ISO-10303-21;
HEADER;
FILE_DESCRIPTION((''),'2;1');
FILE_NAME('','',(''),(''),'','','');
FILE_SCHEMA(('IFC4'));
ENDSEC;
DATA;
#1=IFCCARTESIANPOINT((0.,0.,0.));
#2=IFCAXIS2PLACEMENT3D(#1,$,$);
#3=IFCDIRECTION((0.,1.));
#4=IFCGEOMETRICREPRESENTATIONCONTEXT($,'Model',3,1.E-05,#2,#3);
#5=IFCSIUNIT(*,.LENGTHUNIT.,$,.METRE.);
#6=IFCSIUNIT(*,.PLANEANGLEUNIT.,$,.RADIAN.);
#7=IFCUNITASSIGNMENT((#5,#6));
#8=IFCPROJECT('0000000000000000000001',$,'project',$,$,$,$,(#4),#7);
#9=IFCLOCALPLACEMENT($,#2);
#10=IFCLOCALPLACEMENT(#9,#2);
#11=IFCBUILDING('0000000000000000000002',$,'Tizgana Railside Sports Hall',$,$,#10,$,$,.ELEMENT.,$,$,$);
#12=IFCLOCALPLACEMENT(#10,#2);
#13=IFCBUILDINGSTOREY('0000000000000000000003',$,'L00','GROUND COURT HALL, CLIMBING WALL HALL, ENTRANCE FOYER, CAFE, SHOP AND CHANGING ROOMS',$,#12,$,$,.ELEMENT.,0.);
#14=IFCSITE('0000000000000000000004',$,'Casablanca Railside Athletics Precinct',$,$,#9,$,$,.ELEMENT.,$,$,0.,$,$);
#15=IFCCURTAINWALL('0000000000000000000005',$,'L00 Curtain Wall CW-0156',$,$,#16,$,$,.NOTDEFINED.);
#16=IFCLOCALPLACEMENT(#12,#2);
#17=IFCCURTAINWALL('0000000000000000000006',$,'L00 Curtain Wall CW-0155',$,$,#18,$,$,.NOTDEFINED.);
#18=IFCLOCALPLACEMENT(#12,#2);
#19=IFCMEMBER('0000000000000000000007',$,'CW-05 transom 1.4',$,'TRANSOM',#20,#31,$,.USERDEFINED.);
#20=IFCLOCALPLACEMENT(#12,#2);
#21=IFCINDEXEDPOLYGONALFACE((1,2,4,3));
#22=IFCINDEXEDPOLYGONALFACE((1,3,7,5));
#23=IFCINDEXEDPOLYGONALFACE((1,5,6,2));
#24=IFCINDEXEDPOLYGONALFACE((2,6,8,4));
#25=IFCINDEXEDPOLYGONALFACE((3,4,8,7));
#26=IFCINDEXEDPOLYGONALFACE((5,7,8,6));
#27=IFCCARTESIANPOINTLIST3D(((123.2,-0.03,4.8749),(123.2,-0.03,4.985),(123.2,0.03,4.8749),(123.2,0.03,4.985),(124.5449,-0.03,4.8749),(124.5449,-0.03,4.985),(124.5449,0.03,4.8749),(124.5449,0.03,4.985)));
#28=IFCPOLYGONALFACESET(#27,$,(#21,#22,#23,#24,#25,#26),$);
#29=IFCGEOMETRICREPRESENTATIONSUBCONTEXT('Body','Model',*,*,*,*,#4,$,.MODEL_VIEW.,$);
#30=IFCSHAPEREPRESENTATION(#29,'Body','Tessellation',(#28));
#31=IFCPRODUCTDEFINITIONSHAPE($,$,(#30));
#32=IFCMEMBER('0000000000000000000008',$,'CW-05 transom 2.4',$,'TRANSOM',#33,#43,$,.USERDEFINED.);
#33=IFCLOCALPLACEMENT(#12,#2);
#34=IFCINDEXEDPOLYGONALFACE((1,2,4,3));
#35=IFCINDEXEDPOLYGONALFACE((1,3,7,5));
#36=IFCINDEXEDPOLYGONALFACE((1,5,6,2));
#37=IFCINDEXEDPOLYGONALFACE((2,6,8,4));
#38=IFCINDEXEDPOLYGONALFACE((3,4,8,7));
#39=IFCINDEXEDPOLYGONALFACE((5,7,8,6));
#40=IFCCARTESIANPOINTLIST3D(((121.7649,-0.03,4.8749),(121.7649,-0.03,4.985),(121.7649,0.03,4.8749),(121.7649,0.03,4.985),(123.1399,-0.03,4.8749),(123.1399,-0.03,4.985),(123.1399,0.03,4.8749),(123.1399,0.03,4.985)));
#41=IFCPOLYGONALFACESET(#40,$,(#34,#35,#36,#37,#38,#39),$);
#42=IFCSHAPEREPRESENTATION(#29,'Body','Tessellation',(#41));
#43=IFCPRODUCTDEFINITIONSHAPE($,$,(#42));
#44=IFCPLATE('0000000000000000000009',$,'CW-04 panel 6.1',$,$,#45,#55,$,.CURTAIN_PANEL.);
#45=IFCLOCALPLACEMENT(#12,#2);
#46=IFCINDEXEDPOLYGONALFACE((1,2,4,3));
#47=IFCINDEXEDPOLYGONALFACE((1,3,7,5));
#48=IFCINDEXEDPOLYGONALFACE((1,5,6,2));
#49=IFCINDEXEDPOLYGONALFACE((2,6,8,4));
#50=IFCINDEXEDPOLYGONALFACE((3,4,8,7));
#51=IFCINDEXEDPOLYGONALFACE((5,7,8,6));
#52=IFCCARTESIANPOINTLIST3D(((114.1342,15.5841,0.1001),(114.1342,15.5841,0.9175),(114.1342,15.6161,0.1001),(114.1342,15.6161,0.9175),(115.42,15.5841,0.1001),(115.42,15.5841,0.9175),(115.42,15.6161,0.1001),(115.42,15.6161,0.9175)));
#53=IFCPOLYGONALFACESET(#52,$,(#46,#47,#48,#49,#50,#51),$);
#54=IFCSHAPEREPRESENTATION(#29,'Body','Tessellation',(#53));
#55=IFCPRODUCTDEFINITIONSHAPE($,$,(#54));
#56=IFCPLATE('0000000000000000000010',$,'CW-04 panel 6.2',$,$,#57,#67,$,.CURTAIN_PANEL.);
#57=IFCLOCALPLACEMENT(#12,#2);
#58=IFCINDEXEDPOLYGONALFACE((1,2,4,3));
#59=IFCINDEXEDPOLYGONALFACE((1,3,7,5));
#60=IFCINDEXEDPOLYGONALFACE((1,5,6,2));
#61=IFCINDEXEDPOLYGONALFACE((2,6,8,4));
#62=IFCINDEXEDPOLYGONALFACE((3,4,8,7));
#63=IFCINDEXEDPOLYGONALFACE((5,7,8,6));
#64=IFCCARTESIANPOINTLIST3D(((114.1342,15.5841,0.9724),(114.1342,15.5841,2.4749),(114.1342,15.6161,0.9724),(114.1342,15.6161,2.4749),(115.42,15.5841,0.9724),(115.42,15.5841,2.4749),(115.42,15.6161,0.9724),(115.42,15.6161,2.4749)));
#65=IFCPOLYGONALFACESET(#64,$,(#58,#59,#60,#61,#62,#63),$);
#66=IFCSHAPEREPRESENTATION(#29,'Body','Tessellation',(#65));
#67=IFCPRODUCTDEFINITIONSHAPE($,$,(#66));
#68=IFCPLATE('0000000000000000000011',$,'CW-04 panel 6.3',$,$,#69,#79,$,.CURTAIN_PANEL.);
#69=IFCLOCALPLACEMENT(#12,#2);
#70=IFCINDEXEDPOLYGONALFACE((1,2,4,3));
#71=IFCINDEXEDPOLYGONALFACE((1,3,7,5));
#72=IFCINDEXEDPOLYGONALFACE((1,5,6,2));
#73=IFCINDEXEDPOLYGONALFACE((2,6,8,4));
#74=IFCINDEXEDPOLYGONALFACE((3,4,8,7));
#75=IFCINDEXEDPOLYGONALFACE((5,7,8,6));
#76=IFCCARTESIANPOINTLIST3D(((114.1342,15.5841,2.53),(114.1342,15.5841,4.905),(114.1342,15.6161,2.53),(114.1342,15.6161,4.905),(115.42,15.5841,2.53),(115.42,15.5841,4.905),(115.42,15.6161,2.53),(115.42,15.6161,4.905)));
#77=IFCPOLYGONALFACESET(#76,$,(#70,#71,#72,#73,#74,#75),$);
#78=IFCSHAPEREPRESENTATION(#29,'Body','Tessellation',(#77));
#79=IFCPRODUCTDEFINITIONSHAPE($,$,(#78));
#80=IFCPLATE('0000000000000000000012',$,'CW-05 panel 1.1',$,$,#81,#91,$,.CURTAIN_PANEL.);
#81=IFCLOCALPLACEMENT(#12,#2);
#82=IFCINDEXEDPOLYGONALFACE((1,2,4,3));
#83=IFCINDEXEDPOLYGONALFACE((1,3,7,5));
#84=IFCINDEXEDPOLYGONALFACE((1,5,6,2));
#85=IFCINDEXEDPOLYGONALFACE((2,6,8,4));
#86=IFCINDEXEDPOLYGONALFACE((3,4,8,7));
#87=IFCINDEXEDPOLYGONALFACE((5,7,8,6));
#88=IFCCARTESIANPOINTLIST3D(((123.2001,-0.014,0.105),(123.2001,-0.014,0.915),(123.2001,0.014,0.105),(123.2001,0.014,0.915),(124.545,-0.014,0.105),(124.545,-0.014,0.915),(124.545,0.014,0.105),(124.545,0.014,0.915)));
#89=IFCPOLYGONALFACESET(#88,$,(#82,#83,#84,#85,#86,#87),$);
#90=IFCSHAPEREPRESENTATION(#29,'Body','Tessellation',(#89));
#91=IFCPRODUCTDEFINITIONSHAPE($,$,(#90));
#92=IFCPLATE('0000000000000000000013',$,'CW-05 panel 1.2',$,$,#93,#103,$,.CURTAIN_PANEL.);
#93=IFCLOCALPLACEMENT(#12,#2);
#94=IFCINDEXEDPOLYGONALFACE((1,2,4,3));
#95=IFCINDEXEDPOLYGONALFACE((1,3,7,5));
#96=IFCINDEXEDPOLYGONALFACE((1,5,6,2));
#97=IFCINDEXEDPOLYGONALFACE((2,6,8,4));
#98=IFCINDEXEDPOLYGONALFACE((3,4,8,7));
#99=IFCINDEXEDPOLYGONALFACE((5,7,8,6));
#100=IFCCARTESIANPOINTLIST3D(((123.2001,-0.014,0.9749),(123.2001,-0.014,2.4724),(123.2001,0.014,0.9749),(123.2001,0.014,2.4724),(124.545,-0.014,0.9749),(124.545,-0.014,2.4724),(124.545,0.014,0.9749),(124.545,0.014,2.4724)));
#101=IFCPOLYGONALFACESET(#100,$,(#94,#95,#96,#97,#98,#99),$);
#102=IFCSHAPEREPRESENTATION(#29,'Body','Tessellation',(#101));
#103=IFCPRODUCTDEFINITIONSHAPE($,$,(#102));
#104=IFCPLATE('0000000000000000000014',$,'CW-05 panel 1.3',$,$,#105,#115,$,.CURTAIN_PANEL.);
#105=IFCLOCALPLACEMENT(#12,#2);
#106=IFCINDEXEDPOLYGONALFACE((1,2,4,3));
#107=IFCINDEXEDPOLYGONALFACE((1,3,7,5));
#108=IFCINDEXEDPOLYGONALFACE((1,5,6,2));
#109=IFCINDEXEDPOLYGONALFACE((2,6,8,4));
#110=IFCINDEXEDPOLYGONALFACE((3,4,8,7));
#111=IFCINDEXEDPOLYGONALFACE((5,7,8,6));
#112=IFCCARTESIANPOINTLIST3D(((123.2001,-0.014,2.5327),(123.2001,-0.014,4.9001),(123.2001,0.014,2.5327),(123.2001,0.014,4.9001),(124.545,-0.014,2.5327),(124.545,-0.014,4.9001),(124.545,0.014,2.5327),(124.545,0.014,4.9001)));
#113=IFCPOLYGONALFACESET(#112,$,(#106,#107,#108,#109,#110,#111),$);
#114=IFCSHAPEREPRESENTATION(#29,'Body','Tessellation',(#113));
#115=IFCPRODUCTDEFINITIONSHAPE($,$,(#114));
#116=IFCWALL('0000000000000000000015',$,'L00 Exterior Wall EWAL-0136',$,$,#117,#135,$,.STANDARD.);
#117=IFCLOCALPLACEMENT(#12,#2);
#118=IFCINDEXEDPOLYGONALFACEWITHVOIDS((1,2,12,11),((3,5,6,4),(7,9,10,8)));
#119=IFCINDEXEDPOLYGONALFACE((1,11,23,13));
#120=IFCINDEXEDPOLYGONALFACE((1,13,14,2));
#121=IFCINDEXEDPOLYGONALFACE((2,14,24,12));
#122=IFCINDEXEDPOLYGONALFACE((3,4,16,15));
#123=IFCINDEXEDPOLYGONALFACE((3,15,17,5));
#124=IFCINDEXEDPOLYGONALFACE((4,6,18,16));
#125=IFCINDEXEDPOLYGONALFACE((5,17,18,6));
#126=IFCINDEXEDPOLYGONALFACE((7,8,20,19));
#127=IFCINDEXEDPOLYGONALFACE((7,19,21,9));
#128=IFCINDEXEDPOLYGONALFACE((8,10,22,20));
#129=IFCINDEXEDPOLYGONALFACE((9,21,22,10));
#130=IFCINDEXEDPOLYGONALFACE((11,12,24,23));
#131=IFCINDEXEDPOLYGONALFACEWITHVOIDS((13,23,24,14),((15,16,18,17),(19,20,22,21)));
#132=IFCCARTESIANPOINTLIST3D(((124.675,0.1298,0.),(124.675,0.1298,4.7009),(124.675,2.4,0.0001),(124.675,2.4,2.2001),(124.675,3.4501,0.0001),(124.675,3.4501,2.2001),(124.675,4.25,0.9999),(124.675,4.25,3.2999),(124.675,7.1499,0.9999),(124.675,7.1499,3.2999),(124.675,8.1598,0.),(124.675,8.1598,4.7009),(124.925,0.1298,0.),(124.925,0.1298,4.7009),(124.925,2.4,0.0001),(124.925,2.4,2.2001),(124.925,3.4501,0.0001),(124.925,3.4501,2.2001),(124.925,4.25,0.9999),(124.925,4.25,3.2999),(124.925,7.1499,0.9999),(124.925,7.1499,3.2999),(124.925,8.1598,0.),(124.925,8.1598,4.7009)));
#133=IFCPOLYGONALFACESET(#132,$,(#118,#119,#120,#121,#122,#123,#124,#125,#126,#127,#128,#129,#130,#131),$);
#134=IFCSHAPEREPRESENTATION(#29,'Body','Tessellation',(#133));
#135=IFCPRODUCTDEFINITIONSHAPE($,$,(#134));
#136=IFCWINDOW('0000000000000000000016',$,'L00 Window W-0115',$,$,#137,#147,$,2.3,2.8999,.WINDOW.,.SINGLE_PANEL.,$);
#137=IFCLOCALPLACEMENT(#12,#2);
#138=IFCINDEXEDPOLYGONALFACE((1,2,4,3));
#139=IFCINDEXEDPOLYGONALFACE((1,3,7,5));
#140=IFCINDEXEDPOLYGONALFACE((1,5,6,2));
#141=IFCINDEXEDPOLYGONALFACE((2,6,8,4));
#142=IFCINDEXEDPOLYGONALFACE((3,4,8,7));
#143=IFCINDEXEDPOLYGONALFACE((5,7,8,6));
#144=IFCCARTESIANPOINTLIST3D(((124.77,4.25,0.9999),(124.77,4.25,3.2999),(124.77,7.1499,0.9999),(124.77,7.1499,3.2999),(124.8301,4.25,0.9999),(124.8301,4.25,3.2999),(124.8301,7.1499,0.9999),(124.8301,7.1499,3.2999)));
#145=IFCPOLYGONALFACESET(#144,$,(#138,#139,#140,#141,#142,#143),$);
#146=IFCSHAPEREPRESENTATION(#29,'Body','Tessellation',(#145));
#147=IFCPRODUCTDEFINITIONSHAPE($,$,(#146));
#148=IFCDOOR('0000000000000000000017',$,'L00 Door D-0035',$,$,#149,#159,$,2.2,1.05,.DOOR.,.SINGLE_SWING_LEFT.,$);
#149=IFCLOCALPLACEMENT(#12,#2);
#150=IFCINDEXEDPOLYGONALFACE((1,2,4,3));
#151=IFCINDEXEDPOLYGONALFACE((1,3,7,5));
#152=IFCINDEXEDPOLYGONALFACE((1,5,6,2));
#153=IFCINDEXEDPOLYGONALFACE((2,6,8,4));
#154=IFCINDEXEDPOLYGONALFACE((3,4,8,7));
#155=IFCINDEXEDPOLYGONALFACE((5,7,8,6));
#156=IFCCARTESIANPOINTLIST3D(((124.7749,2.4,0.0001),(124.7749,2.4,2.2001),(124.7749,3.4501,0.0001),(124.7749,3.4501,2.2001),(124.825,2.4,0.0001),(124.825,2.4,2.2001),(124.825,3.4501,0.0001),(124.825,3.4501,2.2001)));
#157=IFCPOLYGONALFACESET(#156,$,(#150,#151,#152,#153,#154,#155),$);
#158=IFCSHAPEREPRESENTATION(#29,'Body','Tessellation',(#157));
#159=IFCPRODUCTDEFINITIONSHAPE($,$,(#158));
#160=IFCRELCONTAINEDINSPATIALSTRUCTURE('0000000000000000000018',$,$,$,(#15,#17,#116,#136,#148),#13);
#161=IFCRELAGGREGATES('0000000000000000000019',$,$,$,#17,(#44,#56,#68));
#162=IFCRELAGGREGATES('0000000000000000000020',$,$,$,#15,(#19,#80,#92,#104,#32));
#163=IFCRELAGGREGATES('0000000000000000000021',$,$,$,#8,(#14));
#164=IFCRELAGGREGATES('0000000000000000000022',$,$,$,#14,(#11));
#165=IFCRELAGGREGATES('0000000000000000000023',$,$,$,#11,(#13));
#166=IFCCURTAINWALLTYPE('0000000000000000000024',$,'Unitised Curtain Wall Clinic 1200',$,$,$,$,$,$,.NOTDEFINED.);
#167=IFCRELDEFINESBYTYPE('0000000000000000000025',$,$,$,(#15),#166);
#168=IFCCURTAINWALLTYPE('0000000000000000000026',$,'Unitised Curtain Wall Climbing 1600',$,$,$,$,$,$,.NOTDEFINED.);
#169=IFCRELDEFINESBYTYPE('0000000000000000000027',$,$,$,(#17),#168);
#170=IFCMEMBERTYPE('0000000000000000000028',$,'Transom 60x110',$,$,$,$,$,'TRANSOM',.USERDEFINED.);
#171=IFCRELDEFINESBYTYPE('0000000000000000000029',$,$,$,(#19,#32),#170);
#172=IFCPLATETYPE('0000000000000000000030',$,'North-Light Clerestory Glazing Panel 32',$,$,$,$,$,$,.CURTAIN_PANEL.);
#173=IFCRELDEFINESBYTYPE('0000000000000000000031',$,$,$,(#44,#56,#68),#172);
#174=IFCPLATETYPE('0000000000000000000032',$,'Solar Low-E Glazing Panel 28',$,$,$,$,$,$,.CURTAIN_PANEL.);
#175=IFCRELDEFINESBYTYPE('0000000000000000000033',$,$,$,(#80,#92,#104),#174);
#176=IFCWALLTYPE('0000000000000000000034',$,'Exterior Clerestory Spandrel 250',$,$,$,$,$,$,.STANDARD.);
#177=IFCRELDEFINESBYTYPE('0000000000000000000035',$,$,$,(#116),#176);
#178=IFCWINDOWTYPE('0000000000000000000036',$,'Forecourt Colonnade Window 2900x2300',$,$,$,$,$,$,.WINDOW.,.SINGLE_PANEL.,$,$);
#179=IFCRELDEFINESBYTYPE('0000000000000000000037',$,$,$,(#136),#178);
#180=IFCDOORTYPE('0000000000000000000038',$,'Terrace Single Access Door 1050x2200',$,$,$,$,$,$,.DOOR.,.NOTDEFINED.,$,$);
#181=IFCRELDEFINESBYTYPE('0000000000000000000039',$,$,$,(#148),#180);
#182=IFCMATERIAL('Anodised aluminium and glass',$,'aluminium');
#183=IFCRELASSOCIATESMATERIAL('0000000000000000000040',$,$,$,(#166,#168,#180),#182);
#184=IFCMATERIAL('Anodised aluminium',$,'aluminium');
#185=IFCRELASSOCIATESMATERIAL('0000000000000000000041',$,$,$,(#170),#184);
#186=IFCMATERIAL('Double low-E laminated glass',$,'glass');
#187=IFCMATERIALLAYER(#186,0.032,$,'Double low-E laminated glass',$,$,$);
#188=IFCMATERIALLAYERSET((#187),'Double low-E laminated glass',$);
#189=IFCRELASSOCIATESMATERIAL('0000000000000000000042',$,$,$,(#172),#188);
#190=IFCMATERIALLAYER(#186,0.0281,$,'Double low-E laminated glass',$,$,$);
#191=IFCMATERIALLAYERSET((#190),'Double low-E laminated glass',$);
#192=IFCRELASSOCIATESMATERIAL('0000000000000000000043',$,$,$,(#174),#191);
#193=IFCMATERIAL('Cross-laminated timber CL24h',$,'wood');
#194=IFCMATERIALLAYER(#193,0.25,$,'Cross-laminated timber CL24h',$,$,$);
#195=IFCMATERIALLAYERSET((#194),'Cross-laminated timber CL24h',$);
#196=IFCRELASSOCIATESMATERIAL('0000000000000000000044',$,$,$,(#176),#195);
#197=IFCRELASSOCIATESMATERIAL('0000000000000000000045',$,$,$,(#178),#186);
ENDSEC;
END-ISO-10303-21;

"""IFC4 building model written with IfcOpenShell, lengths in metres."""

from ifc_helpers import new_model, si_unit, direction, frame, frame_2d, origin, origin_2d, place, context, subcontext, project, spatial, rectangle, extrude, material, layer, layer_set, material_profile, profile_set, type_object, element, fill, aggregate, save


model = new_model("IFC4")

# Units and contexts
model_context = context("Model", 3, precision=1e-05, world=origin(), true_north=direction((0.0, 1.0)))
body_context = subcontext(model_context, "Body", "Model", "MODEL_VIEW")
ifc_project = project(units=[si_unit("LENGTHUNIT", "METRE"), si_unit("PLANEANGLEUNIT", "RADIAN")], contexts=[model_context])

# Site, building, storey
site_placement = place(None, origin())
site = spatial("IfcSite", under=ifc_project, at=site_placement, Name="Casablanca Railside Athletics Precinct", CompositionType="ELEMENT", RefElevation=0.0)
building_placement = place(site_placement, origin())
building = spatial("IfcBuilding", under=site, at=building_placement, Name="Tizgana Railside Sports Hall", CompositionType="ELEMENT")
storey_placement = place(building_placement, origin())
storey = spatial("IfcBuildingStorey", under=building, at=storey_placement, Name="L00", Description="GROUND COURT HALL, CLIMBING WALL HALL, ENTRANCE FOYER, CAFE, SHOP AND CHANGING ROOMS", CompositionType="ELEMENT", Elevation=0.0)

# Curtain wall
ifc_material_1 = material(Name="Anodised aluminium and glass", Category="aluminium")
curtain_wall_type_1 = type_object("IfcCurtainWallType", Name="Unitised Curtain Wall Clinic 1200", PredefinedType="NOTDEFINED", material=ifc_material_1)
curtain_wall_1_placement = place(storey_placement, origin())
curtain_wall_1 = element("IfcCurtainWall", 1, at=curtain_wall_1_placement, inside=storey, type_object=curtain_wall_type_1, Name="L00 Curtain Wall CW-0156", PredefinedType="NOTDEFINED")
ifc_material_2 = material(Name="Anodised aluminium", Category="aluminium")

# Curtain wall
curtain_wall_type_2 = type_object("IfcCurtainWallType", Name="Unitised Curtain Wall Climbing 1600", PredefinedType="NOTDEFINED", material=ifc_material_1)
curtain_wall_2_placement = place(storey_placement, origin())
curtain_wall_2 = element("IfcCurtainWall", 2, at=curtain_wall_2_placement, inside=storey, type_object=curtain_wall_type_2, Name="L00 Curtain Wall CW-0155", PredefinedType="NOTDEFINED")

# Members
ifc_material_profile_1 = material_profile(ifc_material_2, rectangle(XDim=0.0601, YDim=0.1101, at=origin_2d()), Name="Transom 60x110")
ifc_profile_set_1 = profile_set([ifc_material_profile_1], Name="Anodised aluminium")
member_type_1 = type_object("IfcMemberType", Name="Transom 60x110", ElementType="TRANSOM", PredefinedType="USERDEFINED", material=ifc_profile_set_1)
member_1_placement = place(storey_placement, frame((124.5449, 0.0, 4.9299), z_axis=(-1.0, 0.0, 0.0), x_axis=(0.0, -1.0, 0.0)))
member_1 = element("IfcMember", 3, at=member_1_placement, type_object=member_type_1, Name="CW-05 transom 1.4", ObjectType="TRANSOM", PredefinedType="USERDEFINED", context=body_context, shape_type="SweptSolid", body=[
    extrude(rectangle(XDim=0.0601, YDim=0.1101, at=origin_2d()), origin(), (0.0, 0.0, 1.0), 1.345),
])
member_2_placement = place(storey_placement, frame((123.1399, 0.0, 4.9299), z_axis=(-1.0, 0.0, 0.0), x_axis=(0.0, -1.0, 0.0)))
member_2 = element("IfcMember", 4, at=member_2_placement, type_object=member_type_1, Name="CW-05 transom 2.4", ObjectType="TRANSOM", PredefinedType="USERDEFINED", context=body_context, shape_type="SweptSolid", body=[
    extrude(rectangle(XDim=0.0601, YDim=0.1101, at=origin_2d()), origin(), (0.0, 0.0, 1.0), 1.375),
])

# Plates
ifc_material_3 = material(Name="Double low-E laminated glass", Category="glass")
ifc_layer_1 = layer(ifc_material_3, 0.032, Name="Double low-E laminated glass")
ifc_layer_set_1 = layer_set([ifc_layer_1], Name="Double low-E laminated glass")
plate_type_1 = type_object("IfcPlateType", Name="North-Light Clerestory Glazing Panel 32", PredefinedType="CURTAIN_PANEL", material=ifc_layer_set_1)
plate_1_placement = place(storey_placement, frame((114.7771, 15.6001, 0.1001), z_axis=(0.0, 0.0, 1.0), x_axis=(1.0, 0.0, 0.0)))
plate_1 = element("IfcPlate", 5, at=plate_1_placement, type_object=plate_type_1, Name="CW-04 panel 6.1", PredefinedType="CURTAIN_PANEL", context=body_context, shape_type="SweptSolid", body=[
    extrude(rectangle(XDim=1.2859, YDim=0.032, at=origin_2d()), origin(), (0.0, 0.0, 1.0), 0.8174),
])
plate_2_placement = place(storey_placement, frame((114.7771, 15.6001, 0.9724), z_axis=(0.0, 0.0, 1.0), x_axis=(1.0, 0.0, 0.0)))
plate_2 = element("IfcPlate", 6, at=plate_2_placement, type_object=plate_type_1, Name="CW-04 panel 6.2", PredefinedType="CURTAIN_PANEL", context=body_context, shape_type="SweptSolid", body=[
    extrude(rectangle(XDim=1.2859, YDim=0.032, at=origin_2d()), origin(), (0.0, 0.0, 1.0), 1.5024),
])
plate_3_placement = place(storey_placement, frame((114.7771, 15.6001, 2.53), z_axis=(0.0, 0.0, 1.0), x_axis=(1.0, 0.0, 0.0)))
plate_3 = element("IfcPlate", 7, at=plate_3_placement, type_object=plate_type_1, Name="CW-04 panel 6.3", PredefinedType="CURTAIN_PANEL", context=body_context, shape_type="SweptSolid", body=[
    extrude(rectangle(XDim=1.2859, YDim=0.032, at=origin_2d()), origin(), (0.0, 0.0, 1.0), 2.375),
])
aggregate(curtain_wall_2, [plate_1, plate_2, plate_3])
ifc_layer_2 = layer(ifc_material_3, 0.0281, Name="Double low-E laminated glass")
ifc_layer_set_2 = layer_set([ifc_layer_2], Name="Double low-E laminated glass")
plate_type_2 = type_object("IfcPlateType", Name="Solar Low-E Glazing Panel 28", PredefinedType="CURTAIN_PANEL", material=ifc_layer_set_2)
plate_4_placement = place(storey_placement, frame((123.8726, 0.0, 0.105), z_axis=(0.0, 0.0, 1.0), x_axis=(-1.0, 0.0, 0.0)))
plate_4 = element("IfcPlate", 8, at=plate_4_placement, type_object=plate_type_2, Name="CW-05 panel 1.1", PredefinedType="CURTAIN_PANEL", context=body_context, shape_type="SweptSolid", body=[
    extrude(rectangle(XDim=1.345, YDim=0.0281, at=origin_2d()), origin(), (0.0, 0.0, 1.0), 0.8101),
])
plate_5_placement = place(storey_placement, frame((123.8726, 0.0, 0.9749), z_axis=(0.0, 0.0, 1.0), x_axis=(-1.0, 0.0, 0.0)))
plate_5 = element("IfcPlate", 9, at=plate_5_placement, type_object=plate_type_2, Name="CW-05 panel 1.2", PredefinedType="CURTAIN_PANEL", context=body_context, shape_type="SweptSolid", body=[
    extrude(rectangle(XDim=1.345, YDim=0.0281, at=origin_2d()), origin(), (0.0, 0.0, 1.0), 1.4976),
])
plate_6_placement = place(storey_placement, frame((123.8726, 0.0, 2.5327), z_axis=(0.0, 0.0, 1.0), x_axis=(-1.0, 0.0, 0.0)))
plate_6 = element("IfcPlate", 10, at=plate_6_placement, type_object=plate_type_2, Name="CW-05 panel 1.3", PredefinedType="CURTAIN_PANEL", context=body_context, shape_type="SweptSolid", body=[
    extrude(rectangle(XDim=1.345, YDim=0.0281, at=origin_2d()), origin(), (0.0, 0.0, 1.0), 2.3674),
])
aggregate(curtain_wall_1, [member_1, plate_4, plate_5, plate_6, member_2])

# Wall, openings, window, door
ifc_material_4 = material(Name="Cross-laminated timber CL24h", Category="wood")
ifc_layer_3 = layer(ifc_material_4, 0.25, Name="Cross-laminated timber CL24h")
ifc_layer_set_3 = layer_set([ifc_layer_3], Name="Cross-laminated timber CL24h")
wall_type = type_object("IfcWallType", Name="Exterior Clerestory Spandrel 250", PredefinedType="STANDARD", material=ifc_layer_set_3)
wall_1_placement = place(storey_placement, frame((124.8, 8.1599, 0.0), z_axis=(0.0, 0.0, 1.0), x_axis=(0.0, -1.0, 0.0)))
wall_1 = element("IfcWall", 11, at=wall_1_placement, inside=storey, type_object=wall_type, Name="L00 Exterior Wall EWAL-0136", PredefinedType="STANDARD", context=body_context, shape_type="SweptSolid", body=[
    extrude(rectangle(XDim=8.03, YDim=0.25, at=frame_2d((4.0151, 0.0))), origin(), (0.0, 0.0, 1.0), 4.7009),
])
opening_1_placement = place(wall_1_placement, frame((4.71, 0.0, 0.0)))
opening_1 = element("IfcOpeningElement", 12, at=opening_1_placement, cuts=wall_1, PredefinedType="OPENING", context=body_context, shape_type="SweptSolid", body=[
    extrude(rectangle(XDim=1.05, YDim=2.2, at=frame_2d((0.5249, 1.1001))), frame((0.0, 0.135, 0.0), z_axis=(0.0, -1.0, 0.0), x_axis=(1.0, 0.0, 0.0)), (0.0, 0.0, 1.0), 0.27),
])
opening_2_placement = place(wall_1_placement, frame((1.01, 0.0, 1.0)))
opening_2 = element("IfcOpeningElement", 13, at=opening_2_placement, cuts=wall_1, PredefinedType="OPENING", context=body_context, shape_type="SweptSolid", body=[
    extrude(rectangle(XDim=2.8999, YDim=2.3, at=frame_2d((1.45, 1.1499))), frame((0.0, 0.135, 0.0), z_axis=(0.0, -1.0, 0.0), x_axis=(1.0, 0.0, 0.0)), (0.0, 0.0, 1.0), 0.27),
])
window_type_1 = type_object("IfcWindowType", Name="Forecourt Colonnade Window 2900x2300", PartitioningType="SINGLE_PANEL", PredefinedType="WINDOW", material=ifc_material_3)
window_1_placement = place(opening_2_placement, origin())
window_1 = element("IfcWindow", 14, at=window_1_placement, inside=storey, type_object=window_type_1, Name="L00 Window W-0115", OverallHeight=2.3, OverallWidth=2.8999, PartitioningType="SINGLE_PANEL", PredefinedType="WINDOW", context=body_context, shape_type="SweptSolid", body=[
    extrude(rectangle(XDim=2.8999, YDim=2.3, at=frame_2d((1.45, 1.1499))), frame((0.0, 0.03, 0.0), z_axis=(0.0, -1.0, 0.0), x_axis=(1.0, 0.0, 0.0)), (0.0, 0.0, 1.0), 0.0601),
])
fill(opening_2, window_1)
door_type_1 = type_object("IfcDoorType", Name="Terrace Single Access Door 1050x2200", OperationType="NOTDEFINED", PredefinedType="DOOR", material=ifc_material_1)
door_1_placement = place(opening_1_placement, origin())
door_1 = element("IfcDoor", 15, at=door_1_placement, inside=storey, type_object=door_type_1, Name="L00 Door D-0035", OperationType="SINGLE_SWING_LEFT", OverallHeight=2.2, OverallWidth=1.05, PredefinedType="DOOR", context=body_context, shape_type="SweptSolid", body=[
    extrude(rectangle(XDim=1.05, YDim=2.2, at=frame_2d((0.5249, 1.1001))), frame((0.0, 0.0249, 0.0), z_axis=(0.0, -1.0, 0.0), x_axis=(1.0, 0.0, 0.0)), (0.0, 0.0, 1.0), 0.05),
])
fill(opening_1, door_1)

save(model, "model.ifc")
